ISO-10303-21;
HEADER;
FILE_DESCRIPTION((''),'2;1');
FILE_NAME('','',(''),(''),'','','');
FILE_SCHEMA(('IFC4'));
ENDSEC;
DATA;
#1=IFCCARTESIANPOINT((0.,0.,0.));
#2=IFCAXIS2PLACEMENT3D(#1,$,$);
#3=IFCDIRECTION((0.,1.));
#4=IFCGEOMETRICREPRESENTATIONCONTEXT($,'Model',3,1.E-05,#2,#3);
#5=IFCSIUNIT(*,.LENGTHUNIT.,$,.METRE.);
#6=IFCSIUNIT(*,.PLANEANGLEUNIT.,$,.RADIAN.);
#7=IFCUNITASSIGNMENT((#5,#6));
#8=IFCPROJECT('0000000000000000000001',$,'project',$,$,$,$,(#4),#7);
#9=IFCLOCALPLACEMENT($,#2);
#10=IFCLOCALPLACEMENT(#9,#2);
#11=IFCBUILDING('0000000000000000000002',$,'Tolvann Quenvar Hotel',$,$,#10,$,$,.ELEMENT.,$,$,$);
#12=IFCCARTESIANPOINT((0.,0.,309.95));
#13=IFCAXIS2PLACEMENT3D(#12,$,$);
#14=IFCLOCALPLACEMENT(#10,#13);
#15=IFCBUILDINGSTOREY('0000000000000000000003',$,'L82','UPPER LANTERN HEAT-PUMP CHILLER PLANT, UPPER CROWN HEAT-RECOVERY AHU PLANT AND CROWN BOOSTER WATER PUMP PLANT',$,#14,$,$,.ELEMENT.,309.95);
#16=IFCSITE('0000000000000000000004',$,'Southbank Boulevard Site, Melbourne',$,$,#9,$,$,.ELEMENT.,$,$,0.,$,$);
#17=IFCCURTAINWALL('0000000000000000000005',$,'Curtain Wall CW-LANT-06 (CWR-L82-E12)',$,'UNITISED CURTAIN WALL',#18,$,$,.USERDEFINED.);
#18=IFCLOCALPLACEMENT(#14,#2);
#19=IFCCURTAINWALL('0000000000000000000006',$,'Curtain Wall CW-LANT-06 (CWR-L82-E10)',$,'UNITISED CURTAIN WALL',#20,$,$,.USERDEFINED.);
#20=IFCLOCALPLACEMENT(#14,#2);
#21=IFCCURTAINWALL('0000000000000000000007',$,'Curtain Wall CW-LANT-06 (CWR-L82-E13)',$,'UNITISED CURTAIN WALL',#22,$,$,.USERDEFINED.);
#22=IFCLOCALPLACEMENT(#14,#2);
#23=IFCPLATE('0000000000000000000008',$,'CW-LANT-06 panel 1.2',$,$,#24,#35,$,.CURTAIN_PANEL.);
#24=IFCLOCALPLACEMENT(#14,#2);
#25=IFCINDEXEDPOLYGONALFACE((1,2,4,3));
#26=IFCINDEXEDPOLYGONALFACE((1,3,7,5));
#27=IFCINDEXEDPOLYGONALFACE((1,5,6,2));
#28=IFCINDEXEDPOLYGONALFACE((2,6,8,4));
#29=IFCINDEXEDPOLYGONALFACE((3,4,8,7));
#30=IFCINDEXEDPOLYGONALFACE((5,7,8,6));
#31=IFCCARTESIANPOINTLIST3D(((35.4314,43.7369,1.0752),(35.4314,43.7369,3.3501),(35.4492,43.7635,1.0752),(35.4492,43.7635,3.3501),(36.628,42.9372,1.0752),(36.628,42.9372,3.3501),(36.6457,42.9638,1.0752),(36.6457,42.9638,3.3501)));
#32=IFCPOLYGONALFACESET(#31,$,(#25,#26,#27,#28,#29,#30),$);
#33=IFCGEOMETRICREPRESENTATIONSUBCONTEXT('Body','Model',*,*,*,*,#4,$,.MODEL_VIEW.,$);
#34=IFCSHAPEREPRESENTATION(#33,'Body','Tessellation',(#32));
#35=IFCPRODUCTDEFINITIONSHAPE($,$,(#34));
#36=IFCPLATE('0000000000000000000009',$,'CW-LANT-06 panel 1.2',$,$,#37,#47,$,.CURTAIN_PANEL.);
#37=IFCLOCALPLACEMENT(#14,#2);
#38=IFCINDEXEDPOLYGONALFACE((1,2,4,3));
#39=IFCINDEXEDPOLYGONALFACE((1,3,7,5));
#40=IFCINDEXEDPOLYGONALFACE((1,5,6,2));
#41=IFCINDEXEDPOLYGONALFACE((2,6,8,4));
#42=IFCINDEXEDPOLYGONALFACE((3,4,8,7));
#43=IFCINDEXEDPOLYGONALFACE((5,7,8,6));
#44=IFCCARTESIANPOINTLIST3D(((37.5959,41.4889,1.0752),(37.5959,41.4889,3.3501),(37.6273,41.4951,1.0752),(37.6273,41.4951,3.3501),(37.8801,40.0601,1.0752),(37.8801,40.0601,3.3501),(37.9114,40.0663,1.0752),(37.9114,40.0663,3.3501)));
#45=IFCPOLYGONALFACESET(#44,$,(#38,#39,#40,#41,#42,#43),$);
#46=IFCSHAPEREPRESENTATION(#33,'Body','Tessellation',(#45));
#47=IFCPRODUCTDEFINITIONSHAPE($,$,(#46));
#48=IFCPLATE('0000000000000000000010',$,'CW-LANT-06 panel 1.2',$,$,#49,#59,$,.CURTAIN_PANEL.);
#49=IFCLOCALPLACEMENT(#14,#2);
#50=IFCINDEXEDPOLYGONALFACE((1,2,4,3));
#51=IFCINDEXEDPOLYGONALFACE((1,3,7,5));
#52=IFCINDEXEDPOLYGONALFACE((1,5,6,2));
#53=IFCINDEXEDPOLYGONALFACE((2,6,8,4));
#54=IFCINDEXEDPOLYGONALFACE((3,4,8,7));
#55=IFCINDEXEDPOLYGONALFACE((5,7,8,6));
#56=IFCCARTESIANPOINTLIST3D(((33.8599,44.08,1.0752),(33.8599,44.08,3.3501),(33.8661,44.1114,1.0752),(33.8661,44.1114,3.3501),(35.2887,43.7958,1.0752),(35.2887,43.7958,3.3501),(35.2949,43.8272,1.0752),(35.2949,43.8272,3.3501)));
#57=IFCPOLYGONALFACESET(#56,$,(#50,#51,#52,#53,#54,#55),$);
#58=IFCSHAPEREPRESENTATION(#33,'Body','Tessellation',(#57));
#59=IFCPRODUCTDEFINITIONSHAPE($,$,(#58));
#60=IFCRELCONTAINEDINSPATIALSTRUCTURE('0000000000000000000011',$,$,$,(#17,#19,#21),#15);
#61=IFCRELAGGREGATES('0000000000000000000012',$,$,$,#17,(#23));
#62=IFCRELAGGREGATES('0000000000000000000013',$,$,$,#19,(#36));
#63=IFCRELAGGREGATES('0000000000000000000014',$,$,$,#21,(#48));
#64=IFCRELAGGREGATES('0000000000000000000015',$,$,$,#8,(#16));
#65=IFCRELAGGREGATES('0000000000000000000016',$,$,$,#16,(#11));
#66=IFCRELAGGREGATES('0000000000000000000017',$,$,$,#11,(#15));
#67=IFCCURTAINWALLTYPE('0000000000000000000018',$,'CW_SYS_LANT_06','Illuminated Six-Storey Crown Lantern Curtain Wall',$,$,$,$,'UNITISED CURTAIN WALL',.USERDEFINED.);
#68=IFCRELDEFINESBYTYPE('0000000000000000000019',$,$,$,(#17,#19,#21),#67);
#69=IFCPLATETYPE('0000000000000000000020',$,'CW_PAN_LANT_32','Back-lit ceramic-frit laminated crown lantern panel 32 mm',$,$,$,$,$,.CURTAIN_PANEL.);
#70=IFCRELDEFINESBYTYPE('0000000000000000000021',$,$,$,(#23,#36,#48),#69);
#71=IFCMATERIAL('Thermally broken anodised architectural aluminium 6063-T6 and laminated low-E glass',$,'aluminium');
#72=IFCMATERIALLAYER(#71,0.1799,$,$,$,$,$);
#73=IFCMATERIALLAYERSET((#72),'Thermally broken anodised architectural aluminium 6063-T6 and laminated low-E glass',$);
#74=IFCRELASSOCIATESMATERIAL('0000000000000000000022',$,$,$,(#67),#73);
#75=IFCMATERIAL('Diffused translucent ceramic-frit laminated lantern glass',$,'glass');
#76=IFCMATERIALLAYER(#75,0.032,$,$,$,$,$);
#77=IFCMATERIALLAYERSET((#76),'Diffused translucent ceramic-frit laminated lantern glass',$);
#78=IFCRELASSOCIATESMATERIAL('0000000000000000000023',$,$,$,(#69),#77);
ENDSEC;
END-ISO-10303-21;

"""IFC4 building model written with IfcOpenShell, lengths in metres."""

from ifc_helpers import new_model, si_unit, direction, frame, origin, origin_2d, place, context, subcontext, project, spatial, rectangle, extrude, source, transform, mapped, material, layer, layer_set, type_object, element, aggregate, save


model = new_model("IFC4")

# Units and contexts
model_context = context("Model", 3, precision=1e-05, world=origin(), true_north=direction((0.0, 1.0)))
body_context = subcontext(model_context, "Body", "Model", "MODEL_VIEW")
ifc_project = project(units=[si_unit("LENGTHUNIT", "METRE"), si_unit("PLANEANGLEUNIT", "RADIAN")], contexts=[model_context])

# Site, building, storey
site_placement = place(None, origin())
site = spatial("IfcSite", under=ifc_project, at=site_placement, Name="Southbank Boulevard Site, Melbourne", CompositionType="ELEMENT", RefElevation=0.0)
building_placement = place(site_placement, origin())
building = spatial("IfcBuilding", under=site, at=building_placement, Name="Tolvann Quenvar Hotel", CompositionType="ELEMENT")
storey_placement = place(building_placement, frame((0.0, 0.0, 309.95)))
storey = spatial("IfcBuildingStorey", under=building, at=storey_placement, Name="L82", Description="UPPER LANTERN HEAT-PUMP CHILLER PLANT, UPPER CROWN HEAT-RECOVERY AHU PLANT AND CROWN BOOSTER WATER PUMP PLANT", CompositionType="ELEMENT", Elevation=309.95)

# Curtain walls
ifc_material_1 = material(Name="Thermally broken anodised architectural aluminium 6063-T6 and laminated low-E glass", Category="aluminium")
ifc_layer_1 = layer(ifc_material_1, 0.1799)
ifc_layer_set_1 = layer_set([ifc_layer_1], Name="Thermally broken anodised architectural aluminium 6063-T6 and laminated low-E glass")
curtain_wall_type = type_object("IfcCurtainWallType", Name="CW_SYS_LANT_06", Description="Illuminated Six-Storey Crown Lantern Curtain Wall", ElementType="UNITISED CURTAIN WALL", PredefinedType="USERDEFINED", material=ifc_layer_set_1)
curtain_wall_1_placement = place(storey_placement, origin())
curtain_wall_1 = element("IfcCurtainWall", 1, at=curtain_wall_1_placement, inside=storey, type_object=curtain_wall_type, Name="Curtain Wall CW-LANT-06 (CWR-L82-E12)", ObjectType="UNITISED CURTAIN WALL", PredefinedType="USERDEFINED")
curtain_wall_2_placement = place(storey_placement, origin())
curtain_wall_2 = element("IfcCurtainWall", 2, at=curtain_wall_2_placement, inside=storey, type_object=curtain_wall_type, Name="Curtain Wall CW-LANT-06 (CWR-L82-E10)", ObjectType="UNITISED CURTAIN WALL", PredefinedType="USERDEFINED")
curtain_wall_3_placement = place(storey_placement, origin())
curtain_wall_3 = element("IfcCurtainWall", 3, at=curtain_wall_3_placement, inside=storey, type_object=curtain_wall_type, Name="Curtain Wall CW-LANT-06 (CWR-L82-E13)", ObjectType="UNITISED CURTAIN WALL", PredefinedType="USERDEFINED")

# Plates
ifc_material_2 = material(Name="Diffused translucent ceramic-frit laminated lantern glass", Category="glass")
ifc_layer_2 = layer(ifc_material_2, 0.032)
ifc_layer_set_2 = layer_set([ifc_layer_2], Name="Diffused translucent ceramic-frit laminated lantern glass")
plate_type = type_object("IfcPlateType", Name="CW_PAN_LANT_32", Description="Back-lit ceramic-frit laminated crown lantern panel 32 mm", PredefinedType="CURTAIN_PANEL", material=ifc_layer_set_2)
shared_shape_1 = source(origin(), body_context, "Body", "SweptSolid", [
    extrude(rectangle(XDim=1.4392, YDim=0.032, at=origin_2d()), origin(), (0.0, 0.0, 1.0), 2.2749),
])
plate_1_placement = place(storey_placement, frame((36.0386, 43.3503, 1.0752), z_axis=(0.0, 0.0, 1.0), x_axis=(-0.831412, 0.555656, 0.0)))
plate_1 = element("IfcPlate", 4, at=plate_1_placement, type_object=plate_type, Name="CW-LANT-06 panel 1.2", PredefinedType="CURTAIN_PANEL", context=body_context, shape_type="MappedRepresentation", body=[
    mapped(shared_shape_1, transform((0.0, 0.0, 0.0), x_axis=(1.0, 0.0, 0.0), y_axis=(0.0, 1.0, 0.0), z_axis=(0.0, 0.0, 1.0), scale=1.0)),
])
aggregate(curtain_wall_1, [plate_1])
shared_shape_2 = source(origin(), body_context, "Body", "SweptSolid", [
    extrude(rectangle(XDim=1.4568, YDim=0.032, at=origin_2d()), origin(), (0.0, 0.0, 1.0), 2.2749),
])
plate_2_placement = place(storey_placement, frame((37.7537, 40.7776, 1.0752), z_axis=(0.0, 0.0, 1.0), x_axis=(-0.195062, 0.980791, 0.0)))
plate_2 = element("IfcPlate", 5, at=plate_2_placement, type_object=plate_type, Name="CW-LANT-06 panel 1.2", PredefinedType="CURTAIN_PANEL", context=body_context, shape_type="MappedRepresentation", body=[
    mapped(shared_shape_2, transform((0.0, 0.0, 0.0), x_axis=(1.0, 0.0, 0.0), y_axis=(0.0, 1.0, 0.0), z_axis=(0.0, 0.0, 1.0), scale=1.0)),
])
aggregate(curtain_wall_2, [plate_2])
plate_3_placement = place(storey_placement, frame((34.5774, 43.9536, 1.0752), z_axis=(0.0, 0.0, 1.0), x_axis=(-0.980791, 0.195062, 0.0)))
plate_3 = element("IfcPlate", 6, at=plate_3_placement, type_object=plate_type, Name="CW-LANT-06 panel 1.2", PredefinedType="CURTAIN_PANEL", context=body_context, shape_type="MappedRepresentation", body=[
    mapped(shared_shape_2, transform((0.0, 0.0, 0.0), x_axis=(1.0, 0.0, 0.0), y_axis=(0.0, 1.0, 0.0), z_axis=(0.0, 0.0, 1.0), scale=1.0)),
])
aggregate(curtain_wall_3, [plate_3])

save(model, "model.ifc")
